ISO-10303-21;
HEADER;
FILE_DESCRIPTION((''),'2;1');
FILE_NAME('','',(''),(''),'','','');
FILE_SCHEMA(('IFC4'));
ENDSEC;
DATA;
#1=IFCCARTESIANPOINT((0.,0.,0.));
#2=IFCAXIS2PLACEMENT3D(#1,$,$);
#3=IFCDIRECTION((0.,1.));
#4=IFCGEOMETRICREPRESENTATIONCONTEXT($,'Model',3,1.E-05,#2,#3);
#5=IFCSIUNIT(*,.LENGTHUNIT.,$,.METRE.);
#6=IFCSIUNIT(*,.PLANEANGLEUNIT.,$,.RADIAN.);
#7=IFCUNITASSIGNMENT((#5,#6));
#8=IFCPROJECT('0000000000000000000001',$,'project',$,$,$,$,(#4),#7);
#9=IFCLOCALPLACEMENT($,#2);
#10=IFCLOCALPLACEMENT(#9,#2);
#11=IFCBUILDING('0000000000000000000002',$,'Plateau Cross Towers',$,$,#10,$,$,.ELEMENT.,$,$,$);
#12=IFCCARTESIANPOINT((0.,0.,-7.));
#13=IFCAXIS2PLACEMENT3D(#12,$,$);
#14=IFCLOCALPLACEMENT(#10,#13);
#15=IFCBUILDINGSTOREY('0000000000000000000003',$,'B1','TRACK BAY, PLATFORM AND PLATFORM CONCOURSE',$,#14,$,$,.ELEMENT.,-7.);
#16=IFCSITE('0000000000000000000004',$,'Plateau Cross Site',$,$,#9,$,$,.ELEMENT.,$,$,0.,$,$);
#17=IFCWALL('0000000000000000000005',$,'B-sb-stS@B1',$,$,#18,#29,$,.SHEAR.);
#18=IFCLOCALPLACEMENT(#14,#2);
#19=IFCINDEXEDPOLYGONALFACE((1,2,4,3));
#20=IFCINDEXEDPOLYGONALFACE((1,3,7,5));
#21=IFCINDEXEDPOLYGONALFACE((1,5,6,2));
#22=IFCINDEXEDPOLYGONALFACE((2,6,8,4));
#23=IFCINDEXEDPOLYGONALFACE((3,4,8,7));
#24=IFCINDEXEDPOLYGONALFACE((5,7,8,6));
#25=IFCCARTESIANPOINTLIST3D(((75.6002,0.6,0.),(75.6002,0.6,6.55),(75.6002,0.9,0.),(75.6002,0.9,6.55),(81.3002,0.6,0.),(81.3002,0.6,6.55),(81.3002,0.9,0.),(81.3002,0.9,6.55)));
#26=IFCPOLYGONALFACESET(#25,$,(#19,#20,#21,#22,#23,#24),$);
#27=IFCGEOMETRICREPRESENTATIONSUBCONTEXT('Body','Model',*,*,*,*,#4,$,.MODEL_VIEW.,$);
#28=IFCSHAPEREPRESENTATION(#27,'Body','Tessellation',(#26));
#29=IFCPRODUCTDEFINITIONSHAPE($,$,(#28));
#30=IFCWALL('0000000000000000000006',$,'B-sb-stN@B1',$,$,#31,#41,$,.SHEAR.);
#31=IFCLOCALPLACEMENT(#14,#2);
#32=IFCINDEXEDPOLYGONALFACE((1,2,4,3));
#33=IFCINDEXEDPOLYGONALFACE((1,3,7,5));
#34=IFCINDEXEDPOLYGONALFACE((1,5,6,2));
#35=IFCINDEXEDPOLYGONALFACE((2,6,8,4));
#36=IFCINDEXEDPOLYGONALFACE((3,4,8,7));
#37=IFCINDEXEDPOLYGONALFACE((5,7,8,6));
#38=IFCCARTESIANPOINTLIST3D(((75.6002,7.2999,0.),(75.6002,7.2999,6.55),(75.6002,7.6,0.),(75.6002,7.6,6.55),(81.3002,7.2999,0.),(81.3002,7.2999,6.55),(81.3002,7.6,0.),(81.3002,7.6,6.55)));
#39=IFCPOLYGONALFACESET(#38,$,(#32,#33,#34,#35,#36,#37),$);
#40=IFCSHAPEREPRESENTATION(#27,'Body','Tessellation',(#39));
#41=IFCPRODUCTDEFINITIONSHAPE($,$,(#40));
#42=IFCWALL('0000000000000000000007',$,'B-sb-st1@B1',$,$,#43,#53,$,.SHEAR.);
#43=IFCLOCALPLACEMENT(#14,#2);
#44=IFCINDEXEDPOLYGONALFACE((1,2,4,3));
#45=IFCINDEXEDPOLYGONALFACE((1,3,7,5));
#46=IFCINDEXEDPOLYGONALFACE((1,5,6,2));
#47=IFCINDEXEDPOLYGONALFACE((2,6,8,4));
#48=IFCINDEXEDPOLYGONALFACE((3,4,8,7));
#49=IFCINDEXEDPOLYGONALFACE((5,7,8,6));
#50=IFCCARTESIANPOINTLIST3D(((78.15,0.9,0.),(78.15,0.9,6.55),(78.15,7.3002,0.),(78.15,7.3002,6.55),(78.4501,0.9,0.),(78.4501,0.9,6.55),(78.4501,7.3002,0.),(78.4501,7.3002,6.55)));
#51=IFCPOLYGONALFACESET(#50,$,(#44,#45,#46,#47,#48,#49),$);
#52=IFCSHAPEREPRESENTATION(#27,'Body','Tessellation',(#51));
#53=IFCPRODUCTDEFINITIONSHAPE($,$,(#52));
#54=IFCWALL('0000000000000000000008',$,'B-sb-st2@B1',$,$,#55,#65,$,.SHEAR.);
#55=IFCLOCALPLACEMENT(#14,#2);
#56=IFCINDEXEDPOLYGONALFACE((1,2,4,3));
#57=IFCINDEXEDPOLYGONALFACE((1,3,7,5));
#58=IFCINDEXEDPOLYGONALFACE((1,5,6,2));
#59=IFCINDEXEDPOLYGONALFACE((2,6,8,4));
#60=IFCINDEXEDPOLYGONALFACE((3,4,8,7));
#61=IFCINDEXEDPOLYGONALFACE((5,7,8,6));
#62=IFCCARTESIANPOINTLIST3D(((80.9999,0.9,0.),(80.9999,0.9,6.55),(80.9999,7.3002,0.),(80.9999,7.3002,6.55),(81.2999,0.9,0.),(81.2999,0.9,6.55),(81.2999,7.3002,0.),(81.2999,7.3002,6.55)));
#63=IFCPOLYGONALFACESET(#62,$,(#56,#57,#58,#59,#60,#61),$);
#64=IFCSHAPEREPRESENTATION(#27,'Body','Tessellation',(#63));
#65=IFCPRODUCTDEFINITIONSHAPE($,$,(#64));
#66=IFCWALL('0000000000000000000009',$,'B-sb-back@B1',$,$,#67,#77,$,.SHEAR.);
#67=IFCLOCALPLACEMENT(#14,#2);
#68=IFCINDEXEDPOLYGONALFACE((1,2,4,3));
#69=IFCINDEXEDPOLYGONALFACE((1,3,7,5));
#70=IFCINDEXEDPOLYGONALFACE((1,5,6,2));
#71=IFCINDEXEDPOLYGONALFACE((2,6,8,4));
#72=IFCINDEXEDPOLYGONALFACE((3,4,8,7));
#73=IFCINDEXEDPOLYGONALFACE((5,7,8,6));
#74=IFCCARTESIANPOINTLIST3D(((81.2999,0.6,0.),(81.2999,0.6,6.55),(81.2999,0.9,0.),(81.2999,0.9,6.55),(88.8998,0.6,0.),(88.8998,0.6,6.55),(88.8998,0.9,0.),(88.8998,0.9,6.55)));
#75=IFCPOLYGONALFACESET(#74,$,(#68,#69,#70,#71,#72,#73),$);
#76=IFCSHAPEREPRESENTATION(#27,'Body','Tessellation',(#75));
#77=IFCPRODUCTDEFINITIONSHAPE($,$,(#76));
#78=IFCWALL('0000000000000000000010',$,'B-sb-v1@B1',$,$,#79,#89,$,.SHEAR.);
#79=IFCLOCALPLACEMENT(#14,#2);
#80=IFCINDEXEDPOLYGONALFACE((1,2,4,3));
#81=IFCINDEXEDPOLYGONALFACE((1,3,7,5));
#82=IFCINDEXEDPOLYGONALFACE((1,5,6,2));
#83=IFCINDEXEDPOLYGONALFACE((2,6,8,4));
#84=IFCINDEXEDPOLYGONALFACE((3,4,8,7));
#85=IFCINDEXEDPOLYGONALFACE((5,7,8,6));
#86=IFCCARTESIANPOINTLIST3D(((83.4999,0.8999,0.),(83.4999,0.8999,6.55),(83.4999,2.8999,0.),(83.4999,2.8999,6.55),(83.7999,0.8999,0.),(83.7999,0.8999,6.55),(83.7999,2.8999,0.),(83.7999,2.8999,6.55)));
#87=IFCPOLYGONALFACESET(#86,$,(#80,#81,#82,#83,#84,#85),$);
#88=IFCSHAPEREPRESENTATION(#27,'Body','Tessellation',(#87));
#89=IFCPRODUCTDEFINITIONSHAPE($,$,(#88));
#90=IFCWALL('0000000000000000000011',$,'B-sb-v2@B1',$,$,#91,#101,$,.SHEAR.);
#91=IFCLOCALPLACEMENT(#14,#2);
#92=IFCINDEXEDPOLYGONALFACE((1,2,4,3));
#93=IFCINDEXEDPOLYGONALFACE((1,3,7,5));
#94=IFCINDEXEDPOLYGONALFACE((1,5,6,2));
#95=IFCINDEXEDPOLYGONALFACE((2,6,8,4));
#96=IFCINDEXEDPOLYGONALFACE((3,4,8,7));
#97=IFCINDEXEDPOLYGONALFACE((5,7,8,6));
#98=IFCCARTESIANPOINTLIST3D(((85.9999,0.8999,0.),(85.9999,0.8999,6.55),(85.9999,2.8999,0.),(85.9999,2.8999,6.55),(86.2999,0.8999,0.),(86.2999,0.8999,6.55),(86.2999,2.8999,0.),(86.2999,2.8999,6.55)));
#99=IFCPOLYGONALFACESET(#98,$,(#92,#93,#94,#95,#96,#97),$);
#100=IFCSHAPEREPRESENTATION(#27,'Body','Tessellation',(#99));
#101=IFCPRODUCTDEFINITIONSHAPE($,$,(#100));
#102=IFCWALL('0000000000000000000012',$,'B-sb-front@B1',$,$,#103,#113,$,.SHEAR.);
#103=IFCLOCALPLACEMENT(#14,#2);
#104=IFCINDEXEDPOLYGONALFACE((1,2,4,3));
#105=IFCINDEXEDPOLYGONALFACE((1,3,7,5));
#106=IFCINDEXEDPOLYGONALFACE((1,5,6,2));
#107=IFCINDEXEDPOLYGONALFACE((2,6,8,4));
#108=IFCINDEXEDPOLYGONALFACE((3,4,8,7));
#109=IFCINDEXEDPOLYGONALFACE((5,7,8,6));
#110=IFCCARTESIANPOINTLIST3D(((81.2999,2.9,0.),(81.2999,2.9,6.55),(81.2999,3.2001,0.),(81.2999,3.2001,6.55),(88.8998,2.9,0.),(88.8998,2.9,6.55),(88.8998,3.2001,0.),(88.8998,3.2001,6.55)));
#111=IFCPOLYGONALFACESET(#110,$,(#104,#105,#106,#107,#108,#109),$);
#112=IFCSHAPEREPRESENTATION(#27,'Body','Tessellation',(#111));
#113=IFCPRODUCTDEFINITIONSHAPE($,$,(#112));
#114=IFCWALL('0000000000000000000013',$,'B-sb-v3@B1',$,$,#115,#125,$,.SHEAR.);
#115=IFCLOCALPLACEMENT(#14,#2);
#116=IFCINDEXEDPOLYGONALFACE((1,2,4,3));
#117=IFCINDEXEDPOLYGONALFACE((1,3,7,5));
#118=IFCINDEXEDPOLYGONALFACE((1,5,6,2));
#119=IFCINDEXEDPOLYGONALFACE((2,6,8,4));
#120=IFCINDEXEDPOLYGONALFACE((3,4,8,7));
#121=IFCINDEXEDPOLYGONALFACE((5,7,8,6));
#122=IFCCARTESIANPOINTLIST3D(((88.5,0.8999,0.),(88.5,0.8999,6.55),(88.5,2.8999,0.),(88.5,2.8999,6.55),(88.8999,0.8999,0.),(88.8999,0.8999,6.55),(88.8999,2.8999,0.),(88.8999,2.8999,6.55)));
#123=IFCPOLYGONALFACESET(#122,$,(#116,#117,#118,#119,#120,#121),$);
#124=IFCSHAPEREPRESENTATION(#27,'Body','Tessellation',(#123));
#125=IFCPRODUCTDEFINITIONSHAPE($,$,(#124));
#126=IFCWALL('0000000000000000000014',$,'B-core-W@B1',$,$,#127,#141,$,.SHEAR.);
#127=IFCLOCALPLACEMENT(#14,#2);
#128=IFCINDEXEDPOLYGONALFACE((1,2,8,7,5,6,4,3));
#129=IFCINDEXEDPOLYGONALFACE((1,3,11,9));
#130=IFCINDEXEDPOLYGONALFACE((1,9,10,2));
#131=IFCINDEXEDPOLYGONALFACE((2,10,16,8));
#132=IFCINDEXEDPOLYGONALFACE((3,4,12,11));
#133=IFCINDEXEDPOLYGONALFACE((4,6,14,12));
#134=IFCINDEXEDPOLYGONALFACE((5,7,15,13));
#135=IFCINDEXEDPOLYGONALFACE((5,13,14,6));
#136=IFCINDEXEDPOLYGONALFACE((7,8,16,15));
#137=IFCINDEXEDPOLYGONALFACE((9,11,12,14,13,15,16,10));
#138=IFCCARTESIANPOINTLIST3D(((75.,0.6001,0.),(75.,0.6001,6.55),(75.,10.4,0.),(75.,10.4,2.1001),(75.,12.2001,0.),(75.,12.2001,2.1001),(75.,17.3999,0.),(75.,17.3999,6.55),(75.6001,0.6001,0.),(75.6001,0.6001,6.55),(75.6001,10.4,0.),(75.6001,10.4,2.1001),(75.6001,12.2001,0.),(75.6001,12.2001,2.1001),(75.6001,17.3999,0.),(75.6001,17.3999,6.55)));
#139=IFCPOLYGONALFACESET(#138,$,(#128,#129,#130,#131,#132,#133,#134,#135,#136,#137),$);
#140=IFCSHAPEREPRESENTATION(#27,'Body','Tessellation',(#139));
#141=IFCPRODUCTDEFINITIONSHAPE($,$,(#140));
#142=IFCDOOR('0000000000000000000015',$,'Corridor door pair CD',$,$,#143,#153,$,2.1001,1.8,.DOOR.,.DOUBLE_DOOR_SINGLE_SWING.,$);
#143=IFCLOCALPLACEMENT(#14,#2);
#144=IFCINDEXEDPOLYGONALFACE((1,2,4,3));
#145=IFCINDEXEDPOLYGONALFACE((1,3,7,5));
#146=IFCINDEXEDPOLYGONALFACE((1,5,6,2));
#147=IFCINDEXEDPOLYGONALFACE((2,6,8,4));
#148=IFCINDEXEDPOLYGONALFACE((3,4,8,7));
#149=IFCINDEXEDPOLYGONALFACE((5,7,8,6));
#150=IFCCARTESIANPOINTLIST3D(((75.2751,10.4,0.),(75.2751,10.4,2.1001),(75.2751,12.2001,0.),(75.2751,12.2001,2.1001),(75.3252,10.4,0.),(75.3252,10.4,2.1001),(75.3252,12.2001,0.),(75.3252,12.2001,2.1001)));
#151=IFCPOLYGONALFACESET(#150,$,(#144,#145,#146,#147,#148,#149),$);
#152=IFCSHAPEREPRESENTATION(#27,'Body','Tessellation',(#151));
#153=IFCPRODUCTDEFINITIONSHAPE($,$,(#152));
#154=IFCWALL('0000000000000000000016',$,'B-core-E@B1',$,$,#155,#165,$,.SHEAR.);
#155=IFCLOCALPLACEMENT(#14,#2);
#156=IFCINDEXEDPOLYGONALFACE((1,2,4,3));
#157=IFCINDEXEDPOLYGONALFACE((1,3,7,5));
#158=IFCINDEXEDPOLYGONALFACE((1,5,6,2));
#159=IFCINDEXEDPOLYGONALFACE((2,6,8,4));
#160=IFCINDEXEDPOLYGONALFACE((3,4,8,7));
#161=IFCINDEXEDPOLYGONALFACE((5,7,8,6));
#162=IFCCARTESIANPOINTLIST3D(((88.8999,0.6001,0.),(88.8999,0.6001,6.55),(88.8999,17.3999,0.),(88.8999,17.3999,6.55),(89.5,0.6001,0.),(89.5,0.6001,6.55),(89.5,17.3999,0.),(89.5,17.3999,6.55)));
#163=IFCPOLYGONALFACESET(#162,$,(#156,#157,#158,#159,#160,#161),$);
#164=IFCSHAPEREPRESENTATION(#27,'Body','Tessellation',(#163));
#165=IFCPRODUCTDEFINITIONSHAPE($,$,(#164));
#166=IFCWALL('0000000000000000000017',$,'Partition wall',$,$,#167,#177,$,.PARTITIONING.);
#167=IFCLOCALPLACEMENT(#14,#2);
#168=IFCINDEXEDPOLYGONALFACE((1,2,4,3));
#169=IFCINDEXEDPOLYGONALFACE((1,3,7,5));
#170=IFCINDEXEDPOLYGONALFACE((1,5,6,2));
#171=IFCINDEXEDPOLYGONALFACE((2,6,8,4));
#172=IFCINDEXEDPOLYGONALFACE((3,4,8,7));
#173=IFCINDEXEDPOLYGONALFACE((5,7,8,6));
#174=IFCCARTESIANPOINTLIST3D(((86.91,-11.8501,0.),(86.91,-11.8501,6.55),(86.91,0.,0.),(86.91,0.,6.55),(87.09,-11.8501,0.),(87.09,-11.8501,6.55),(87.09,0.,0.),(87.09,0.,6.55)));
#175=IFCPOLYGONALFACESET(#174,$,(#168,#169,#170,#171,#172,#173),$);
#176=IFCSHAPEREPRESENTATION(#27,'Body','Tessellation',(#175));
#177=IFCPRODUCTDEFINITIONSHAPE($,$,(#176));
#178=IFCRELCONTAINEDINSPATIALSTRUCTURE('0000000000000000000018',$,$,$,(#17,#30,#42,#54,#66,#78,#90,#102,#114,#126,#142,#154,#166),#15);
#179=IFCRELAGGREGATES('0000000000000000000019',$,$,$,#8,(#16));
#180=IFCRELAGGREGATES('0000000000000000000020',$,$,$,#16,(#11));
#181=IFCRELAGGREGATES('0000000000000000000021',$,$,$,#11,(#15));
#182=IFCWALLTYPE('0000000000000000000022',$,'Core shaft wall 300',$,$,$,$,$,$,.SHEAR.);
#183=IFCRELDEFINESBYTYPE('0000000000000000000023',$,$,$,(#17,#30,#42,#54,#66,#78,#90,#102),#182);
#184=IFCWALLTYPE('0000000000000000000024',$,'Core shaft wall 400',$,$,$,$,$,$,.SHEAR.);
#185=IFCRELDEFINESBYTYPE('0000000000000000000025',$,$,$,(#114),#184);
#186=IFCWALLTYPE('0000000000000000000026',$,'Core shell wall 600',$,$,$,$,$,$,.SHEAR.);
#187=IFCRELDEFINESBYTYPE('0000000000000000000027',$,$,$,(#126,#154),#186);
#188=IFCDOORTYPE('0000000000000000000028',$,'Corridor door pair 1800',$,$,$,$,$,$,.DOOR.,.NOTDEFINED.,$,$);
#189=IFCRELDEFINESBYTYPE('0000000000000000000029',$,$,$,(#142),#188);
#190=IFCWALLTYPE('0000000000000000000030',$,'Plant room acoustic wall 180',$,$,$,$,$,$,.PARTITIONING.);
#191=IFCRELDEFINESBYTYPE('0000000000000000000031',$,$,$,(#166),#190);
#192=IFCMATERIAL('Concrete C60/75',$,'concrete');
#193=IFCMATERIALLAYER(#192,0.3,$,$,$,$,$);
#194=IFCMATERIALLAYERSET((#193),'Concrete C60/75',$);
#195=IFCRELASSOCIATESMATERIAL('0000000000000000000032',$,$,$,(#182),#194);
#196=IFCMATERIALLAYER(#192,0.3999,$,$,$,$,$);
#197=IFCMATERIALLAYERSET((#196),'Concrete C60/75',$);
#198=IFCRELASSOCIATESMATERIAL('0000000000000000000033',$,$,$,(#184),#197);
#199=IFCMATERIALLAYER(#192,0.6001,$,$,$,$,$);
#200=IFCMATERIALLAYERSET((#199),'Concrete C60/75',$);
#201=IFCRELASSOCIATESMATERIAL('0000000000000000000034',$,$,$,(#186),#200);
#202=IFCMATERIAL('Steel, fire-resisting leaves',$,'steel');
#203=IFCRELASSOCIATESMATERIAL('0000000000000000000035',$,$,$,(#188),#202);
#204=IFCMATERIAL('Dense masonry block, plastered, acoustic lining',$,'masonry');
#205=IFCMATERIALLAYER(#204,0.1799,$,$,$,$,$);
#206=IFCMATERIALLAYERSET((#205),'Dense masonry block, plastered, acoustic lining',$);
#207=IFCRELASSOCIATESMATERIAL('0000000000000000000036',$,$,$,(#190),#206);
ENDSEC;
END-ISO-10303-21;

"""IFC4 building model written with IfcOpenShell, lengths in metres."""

from ifc_helpers import new_model, si_unit, direction, frame, frame_2d, origin, place, context, subcontext, project, spatial, rectangle, extrude, material, layer, layer_set, type_object, element, fill, save


model = new_model("IFC4")

# Units and contexts
model_context = context("Model", 3, precision=1e-05, world=origin(), true_north=direction((0.0, 1.0)))
body_context = subcontext(model_context, "Body", "Model", "MODEL_VIEW")
ifc_project = project(units=[si_unit("LENGTHUNIT", "METRE"), si_unit("PLANEANGLEUNIT", "RADIAN")], contexts=[model_context])

# Site, building, storey
site_placement = place(None, origin())
site = spatial("IfcSite", under=ifc_project, at=site_placement, Name="Plateau Cross Site", CompositionType="ELEMENT", RefElevation=0.0)
building_placement = place(site_placement, origin())
building = spatial("IfcBuilding", under=site, at=building_placement, Name="Plateau Cross Towers", CompositionType="ELEMENT")
storey_placement = place(building_placement, frame((0.0, 0.0, -7.0)))
storey = spatial("IfcBuildingStorey", under=building, at=storey_placement, Name="B1", Description="TRACK BAY, PLATFORM AND PLATFORM CONCOURSE", CompositionType="ELEMENT", Elevation=-7.0)

# Shared definitions
ifc_material_1 = material(Name="Concrete C60/75", Category="concrete")

# Walls
ifc_layer_1 = layer(ifc_material_1, 0.3)
ifc_layer_set_1 = layer_set([ifc_layer_1], Name="Concrete C60/75")
wall_type_1 = type_object("IfcWallType", Name="Core shaft wall 300", PredefinedType="SHEAR", material=ifc_layer_set_1)
for number, where, z_axis, x_axis, name in (
    (1, (75.6001, 0.75, 0.0), (0.0, 0.0, 1.0), (1.0, 0.0, 0.0), "B-sb-stS@B1"),
    (2, (75.6001, 7.45, 0.0), (0.0, 0.0, 1.0), (1.0, 0.0, 0.0), "B-sb-stN@B1"),
):
    element("IfcWall", number, at=place(storey_placement, frame(where, z_axis=z_axis, x_axis=x_axis)), inside=storey, type_object=wall_type_1, Name=name, PredefinedType="SHEAR", context=body_context, shape_type="SweptSolid", body=[
        extrude(rectangle(XDim=5.7, YDim=0.3, at=frame_2d((2.8501, 0.0))), origin(), (0.0, 0.0, 1.0), 6.55),
    ])
for number, where, z_axis, x_axis, name in (
    (3, (78.3, 0.8999, 0.0), (0.0, 0.0, 1.0), (0.0, 1.0, 0.0), "B-sb-st1@B1"),
    (4, (81.1499, 0.8999, 0.0), (0.0, 0.0, 1.0), (0.0, 1.0, 0.0), "B-sb-st2@B1"),
):
    element("IfcWall", number, at=place(storey_placement, frame(where, z_axis=z_axis, x_axis=x_axis)), inside=storey, type_object=wall_type_1, Name=name, PredefinedType="SHEAR", context=body_context, shape_type="SweptSolid", body=[
        extrude(rectangle(XDim=6.4001, YDim=0.3, at=frame_2d((3.2002, 0.0))), origin(), (0.0, 0.0, 1.0), 6.55),
    ])
wall_1_placement = place(storey_placement, frame((81.3, 0.75, 0.0), z_axis=(0.0, 0.0, 1.0), x_axis=(1.0, 0.0, 0.0)))
element("IfcWall", 5, at=wall_1_placement, inside=storey, type_object=wall_type_1, Name="B-sb-back@B1", PredefinedType="SHEAR", context=body_context, shape_type="SweptSolid", body=[
    extrude(rectangle(XDim=7.5999, YDim=0.3, at=frame_2d((3.7998, 0.0))), origin(), (0.0, 0.0, 1.0), 6.55),
])
for number, where, z_axis, x_axis, name in (
    (6, (83.6499, 0.8999, 0.0), (0.0, 0.0, 1.0), (0.0, 1.0, 0.0), "B-sb-v1@B1"),
    (7, (86.1499, 0.8999, 0.0), (0.0, 0.0, 1.0), (0.0, 1.0, 0.0), "B-sb-v2@B1"),
):
    element("IfcWall", number, at=place(storey_placement, frame(where, z_axis=z_axis, x_axis=x_axis)), inside=storey, type_object=wall_type_1, Name=name, PredefinedType="SHEAR", context=body_context, shape_type="SweptSolid", body=[
        extrude(rectangle(XDim=2.0, YDim=0.3, at=frame_2d((1.0, 0.0))), origin(), (0.0, 0.0, 1.0), 6.55),
    ])
wall_2_placement = place(storey_placement, frame((81.3, 3.05, 0.0), z_axis=(0.0, 0.0, 1.0), x_axis=(1.0, 0.0, 0.0)))
element("IfcWall", 8, at=wall_2_placement, inside=storey, type_object=wall_type_1, Name="B-sb-front@B1", PredefinedType="SHEAR", context=body_context, shape_type="SweptSolid", body=[
    extrude(rectangle(XDim=7.5999, YDim=0.3, at=frame_2d((3.7998, 0.0))), origin(), (0.0, 0.0, 1.0), 6.55),
])
ifc_layer_2 = layer(ifc_material_1, 0.3999)
ifc_layer_set_2 = layer_set([ifc_layer_2], Name="Concrete C60/75")
wall_type_2 = type_object("IfcWallType", Name="Core shaft wall 400", PredefinedType="SHEAR", material=ifc_layer_set_2)
wall_3_placement = place(storey_placement, frame((88.7, 0.8999, 0.0), z_axis=(0.0, 0.0, 1.0), x_axis=(0.0, 1.0, 0.0)))
element("IfcWall", 9, at=wall_3_placement, inside=storey, type_object=wall_type_2, Name="B-sb-v3@B1", PredefinedType="SHEAR", context=body_context, shape_type="SweptSolid", body=[
    extrude(rectangle(XDim=2.0, YDim=0.3999, at=frame_2d((1.0, 0.0))), origin(), (0.0, 0.0, 1.0), 6.55),
])

# Wall, opening, door
ifc_layer_3 = layer(ifc_material_1, 0.6001)
ifc_layer_set_3 = layer_set([ifc_layer_3], Name="Concrete C60/75")
wall_type_3 = type_object("IfcWallType", Name="Core shell wall 600", PredefinedType="SHEAR", material=ifc_layer_set_3)
wall_4_placement = place(storey_placement, frame((75.3, 0.6001, 0.0), z_axis=(0.0, 0.0, 1.0), x_axis=(0.0, 1.0, 0.0)))
wall_4 = element("IfcWall", 10, at=wall_4_placement, inside=storey, type_object=wall_type_3, Name="B-core-W@B1", PredefinedType="SHEAR", context=body_context, shape_type="SweptSolid", body=[
    extrude(rectangle(XDim=16.7998, YDim=0.6001, at=frame_2d((8.3999, 0.0))), origin(), (0.0, 0.0, 1.0), 6.55),
])
opening_placement = place(wall_4_placement, frame((9.8, 0.0, 0.0)))
opening = element("IfcOpeningElement", 11, at=opening_placement, cuts=wall_4, PredefinedType="OPENING", context=body_context, shape_type="SweptSolid", body=[
    extrude(rectangle(XDim=1.8, YDim=2.1001, at=frame_2d((0.8999, 1.05))), frame((0.0, 0.3101, 0.0), z_axis=(0.0, -1.0, 0.0), x_axis=(1.0, 0.0, 0.0)), (0.0, 0.0, 1.0), 0.6201),
])
ifc_material_2 = material(Name="Steel, fire-resisting leaves", Category="steel")
door_type = type_object("IfcDoorType", Name="Corridor door pair 1800", OperationType="NOTDEFINED", PredefinedType="DOOR", material=ifc_material_2)
door_placement = place(opening_placement, origin())
door = element("IfcDoor", 12, at=door_placement, inside=storey, type_object=door_type, Name="Corridor door pair CD", OperationType="DOUBLE_DOOR_SINGLE_SWING", OverallHeight=2.1001, OverallWidth=1.8, PredefinedType="DOOR", context=body_context, shape_type="SweptSolid", body=[
    extrude(rectangle(XDim=1.8, YDim=2.1001, at=frame_2d((0.8999, 1.05))), frame((0.0, 0.0249, 0.0), z_axis=(0.0, -1.0, 0.0), x_axis=(1.0, 0.0, 0.0)), (0.0, 0.0, 1.0), 0.05),
])
fill(opening, door)

# Walls
wall_5_placement = place(storey_placement, frame((89.2, 0.6001, 0.0), z_axis=(0.0, 0.0, 1.0), x_axis=(0.0, 1.0, 0.0)))
element("IfcWall", 13, at=wall_5_placement, inside=storey, type_object=wall_type_3, Name="B-core-E@B1", PredefinedType="SHEAR", context=body_context, shape_type="SweptSolid", body=[
    extrude(rectangle(XDim=16.7998, YDim=0.6001, at=frame_2d((8.3999, 0.0))), origin(), (0.0, 0.0, 1.0), 6.55),
])
ifc_material_3 = material(Name="Dense masonry block, plastered, acoustic lining", Category="masonry")
ifc_layer_4 = layer(ifc_material_3, 0.1799)
ifc_layer_set_4 = layer_set([ifc_layer_4], Name="Dense masonry block, plastered, acoustic lining")
wall_type_4 = type_object("IfcWallType", Name="Plant room acoustic wall 180", PredefinedType="PARTITIONING", material=ifc_layer_set_4)
wall_6_placement = place(storey_placement, frame((87.0, 0.0, 0.0), z_axis=(0.0, 0.0, 1.0), x_axis=(0.0, -1.0, 0.0)))
element("IfcWall", 14, at=wall_6_placement, inside=storey, type_object=wall_type_4, Name="Partition wall", PredefinedType="PARTITIONING", context=body_context, shape_type="SweptSolid", body=[
    extrude(rectangle(XDim=11.8501, YDim=0.1799, at=frame_2d((5.925, 0.0))), origin(), (0.0, 0.0, 1.0), 6.55),
])

save(model, "model.ifc")
